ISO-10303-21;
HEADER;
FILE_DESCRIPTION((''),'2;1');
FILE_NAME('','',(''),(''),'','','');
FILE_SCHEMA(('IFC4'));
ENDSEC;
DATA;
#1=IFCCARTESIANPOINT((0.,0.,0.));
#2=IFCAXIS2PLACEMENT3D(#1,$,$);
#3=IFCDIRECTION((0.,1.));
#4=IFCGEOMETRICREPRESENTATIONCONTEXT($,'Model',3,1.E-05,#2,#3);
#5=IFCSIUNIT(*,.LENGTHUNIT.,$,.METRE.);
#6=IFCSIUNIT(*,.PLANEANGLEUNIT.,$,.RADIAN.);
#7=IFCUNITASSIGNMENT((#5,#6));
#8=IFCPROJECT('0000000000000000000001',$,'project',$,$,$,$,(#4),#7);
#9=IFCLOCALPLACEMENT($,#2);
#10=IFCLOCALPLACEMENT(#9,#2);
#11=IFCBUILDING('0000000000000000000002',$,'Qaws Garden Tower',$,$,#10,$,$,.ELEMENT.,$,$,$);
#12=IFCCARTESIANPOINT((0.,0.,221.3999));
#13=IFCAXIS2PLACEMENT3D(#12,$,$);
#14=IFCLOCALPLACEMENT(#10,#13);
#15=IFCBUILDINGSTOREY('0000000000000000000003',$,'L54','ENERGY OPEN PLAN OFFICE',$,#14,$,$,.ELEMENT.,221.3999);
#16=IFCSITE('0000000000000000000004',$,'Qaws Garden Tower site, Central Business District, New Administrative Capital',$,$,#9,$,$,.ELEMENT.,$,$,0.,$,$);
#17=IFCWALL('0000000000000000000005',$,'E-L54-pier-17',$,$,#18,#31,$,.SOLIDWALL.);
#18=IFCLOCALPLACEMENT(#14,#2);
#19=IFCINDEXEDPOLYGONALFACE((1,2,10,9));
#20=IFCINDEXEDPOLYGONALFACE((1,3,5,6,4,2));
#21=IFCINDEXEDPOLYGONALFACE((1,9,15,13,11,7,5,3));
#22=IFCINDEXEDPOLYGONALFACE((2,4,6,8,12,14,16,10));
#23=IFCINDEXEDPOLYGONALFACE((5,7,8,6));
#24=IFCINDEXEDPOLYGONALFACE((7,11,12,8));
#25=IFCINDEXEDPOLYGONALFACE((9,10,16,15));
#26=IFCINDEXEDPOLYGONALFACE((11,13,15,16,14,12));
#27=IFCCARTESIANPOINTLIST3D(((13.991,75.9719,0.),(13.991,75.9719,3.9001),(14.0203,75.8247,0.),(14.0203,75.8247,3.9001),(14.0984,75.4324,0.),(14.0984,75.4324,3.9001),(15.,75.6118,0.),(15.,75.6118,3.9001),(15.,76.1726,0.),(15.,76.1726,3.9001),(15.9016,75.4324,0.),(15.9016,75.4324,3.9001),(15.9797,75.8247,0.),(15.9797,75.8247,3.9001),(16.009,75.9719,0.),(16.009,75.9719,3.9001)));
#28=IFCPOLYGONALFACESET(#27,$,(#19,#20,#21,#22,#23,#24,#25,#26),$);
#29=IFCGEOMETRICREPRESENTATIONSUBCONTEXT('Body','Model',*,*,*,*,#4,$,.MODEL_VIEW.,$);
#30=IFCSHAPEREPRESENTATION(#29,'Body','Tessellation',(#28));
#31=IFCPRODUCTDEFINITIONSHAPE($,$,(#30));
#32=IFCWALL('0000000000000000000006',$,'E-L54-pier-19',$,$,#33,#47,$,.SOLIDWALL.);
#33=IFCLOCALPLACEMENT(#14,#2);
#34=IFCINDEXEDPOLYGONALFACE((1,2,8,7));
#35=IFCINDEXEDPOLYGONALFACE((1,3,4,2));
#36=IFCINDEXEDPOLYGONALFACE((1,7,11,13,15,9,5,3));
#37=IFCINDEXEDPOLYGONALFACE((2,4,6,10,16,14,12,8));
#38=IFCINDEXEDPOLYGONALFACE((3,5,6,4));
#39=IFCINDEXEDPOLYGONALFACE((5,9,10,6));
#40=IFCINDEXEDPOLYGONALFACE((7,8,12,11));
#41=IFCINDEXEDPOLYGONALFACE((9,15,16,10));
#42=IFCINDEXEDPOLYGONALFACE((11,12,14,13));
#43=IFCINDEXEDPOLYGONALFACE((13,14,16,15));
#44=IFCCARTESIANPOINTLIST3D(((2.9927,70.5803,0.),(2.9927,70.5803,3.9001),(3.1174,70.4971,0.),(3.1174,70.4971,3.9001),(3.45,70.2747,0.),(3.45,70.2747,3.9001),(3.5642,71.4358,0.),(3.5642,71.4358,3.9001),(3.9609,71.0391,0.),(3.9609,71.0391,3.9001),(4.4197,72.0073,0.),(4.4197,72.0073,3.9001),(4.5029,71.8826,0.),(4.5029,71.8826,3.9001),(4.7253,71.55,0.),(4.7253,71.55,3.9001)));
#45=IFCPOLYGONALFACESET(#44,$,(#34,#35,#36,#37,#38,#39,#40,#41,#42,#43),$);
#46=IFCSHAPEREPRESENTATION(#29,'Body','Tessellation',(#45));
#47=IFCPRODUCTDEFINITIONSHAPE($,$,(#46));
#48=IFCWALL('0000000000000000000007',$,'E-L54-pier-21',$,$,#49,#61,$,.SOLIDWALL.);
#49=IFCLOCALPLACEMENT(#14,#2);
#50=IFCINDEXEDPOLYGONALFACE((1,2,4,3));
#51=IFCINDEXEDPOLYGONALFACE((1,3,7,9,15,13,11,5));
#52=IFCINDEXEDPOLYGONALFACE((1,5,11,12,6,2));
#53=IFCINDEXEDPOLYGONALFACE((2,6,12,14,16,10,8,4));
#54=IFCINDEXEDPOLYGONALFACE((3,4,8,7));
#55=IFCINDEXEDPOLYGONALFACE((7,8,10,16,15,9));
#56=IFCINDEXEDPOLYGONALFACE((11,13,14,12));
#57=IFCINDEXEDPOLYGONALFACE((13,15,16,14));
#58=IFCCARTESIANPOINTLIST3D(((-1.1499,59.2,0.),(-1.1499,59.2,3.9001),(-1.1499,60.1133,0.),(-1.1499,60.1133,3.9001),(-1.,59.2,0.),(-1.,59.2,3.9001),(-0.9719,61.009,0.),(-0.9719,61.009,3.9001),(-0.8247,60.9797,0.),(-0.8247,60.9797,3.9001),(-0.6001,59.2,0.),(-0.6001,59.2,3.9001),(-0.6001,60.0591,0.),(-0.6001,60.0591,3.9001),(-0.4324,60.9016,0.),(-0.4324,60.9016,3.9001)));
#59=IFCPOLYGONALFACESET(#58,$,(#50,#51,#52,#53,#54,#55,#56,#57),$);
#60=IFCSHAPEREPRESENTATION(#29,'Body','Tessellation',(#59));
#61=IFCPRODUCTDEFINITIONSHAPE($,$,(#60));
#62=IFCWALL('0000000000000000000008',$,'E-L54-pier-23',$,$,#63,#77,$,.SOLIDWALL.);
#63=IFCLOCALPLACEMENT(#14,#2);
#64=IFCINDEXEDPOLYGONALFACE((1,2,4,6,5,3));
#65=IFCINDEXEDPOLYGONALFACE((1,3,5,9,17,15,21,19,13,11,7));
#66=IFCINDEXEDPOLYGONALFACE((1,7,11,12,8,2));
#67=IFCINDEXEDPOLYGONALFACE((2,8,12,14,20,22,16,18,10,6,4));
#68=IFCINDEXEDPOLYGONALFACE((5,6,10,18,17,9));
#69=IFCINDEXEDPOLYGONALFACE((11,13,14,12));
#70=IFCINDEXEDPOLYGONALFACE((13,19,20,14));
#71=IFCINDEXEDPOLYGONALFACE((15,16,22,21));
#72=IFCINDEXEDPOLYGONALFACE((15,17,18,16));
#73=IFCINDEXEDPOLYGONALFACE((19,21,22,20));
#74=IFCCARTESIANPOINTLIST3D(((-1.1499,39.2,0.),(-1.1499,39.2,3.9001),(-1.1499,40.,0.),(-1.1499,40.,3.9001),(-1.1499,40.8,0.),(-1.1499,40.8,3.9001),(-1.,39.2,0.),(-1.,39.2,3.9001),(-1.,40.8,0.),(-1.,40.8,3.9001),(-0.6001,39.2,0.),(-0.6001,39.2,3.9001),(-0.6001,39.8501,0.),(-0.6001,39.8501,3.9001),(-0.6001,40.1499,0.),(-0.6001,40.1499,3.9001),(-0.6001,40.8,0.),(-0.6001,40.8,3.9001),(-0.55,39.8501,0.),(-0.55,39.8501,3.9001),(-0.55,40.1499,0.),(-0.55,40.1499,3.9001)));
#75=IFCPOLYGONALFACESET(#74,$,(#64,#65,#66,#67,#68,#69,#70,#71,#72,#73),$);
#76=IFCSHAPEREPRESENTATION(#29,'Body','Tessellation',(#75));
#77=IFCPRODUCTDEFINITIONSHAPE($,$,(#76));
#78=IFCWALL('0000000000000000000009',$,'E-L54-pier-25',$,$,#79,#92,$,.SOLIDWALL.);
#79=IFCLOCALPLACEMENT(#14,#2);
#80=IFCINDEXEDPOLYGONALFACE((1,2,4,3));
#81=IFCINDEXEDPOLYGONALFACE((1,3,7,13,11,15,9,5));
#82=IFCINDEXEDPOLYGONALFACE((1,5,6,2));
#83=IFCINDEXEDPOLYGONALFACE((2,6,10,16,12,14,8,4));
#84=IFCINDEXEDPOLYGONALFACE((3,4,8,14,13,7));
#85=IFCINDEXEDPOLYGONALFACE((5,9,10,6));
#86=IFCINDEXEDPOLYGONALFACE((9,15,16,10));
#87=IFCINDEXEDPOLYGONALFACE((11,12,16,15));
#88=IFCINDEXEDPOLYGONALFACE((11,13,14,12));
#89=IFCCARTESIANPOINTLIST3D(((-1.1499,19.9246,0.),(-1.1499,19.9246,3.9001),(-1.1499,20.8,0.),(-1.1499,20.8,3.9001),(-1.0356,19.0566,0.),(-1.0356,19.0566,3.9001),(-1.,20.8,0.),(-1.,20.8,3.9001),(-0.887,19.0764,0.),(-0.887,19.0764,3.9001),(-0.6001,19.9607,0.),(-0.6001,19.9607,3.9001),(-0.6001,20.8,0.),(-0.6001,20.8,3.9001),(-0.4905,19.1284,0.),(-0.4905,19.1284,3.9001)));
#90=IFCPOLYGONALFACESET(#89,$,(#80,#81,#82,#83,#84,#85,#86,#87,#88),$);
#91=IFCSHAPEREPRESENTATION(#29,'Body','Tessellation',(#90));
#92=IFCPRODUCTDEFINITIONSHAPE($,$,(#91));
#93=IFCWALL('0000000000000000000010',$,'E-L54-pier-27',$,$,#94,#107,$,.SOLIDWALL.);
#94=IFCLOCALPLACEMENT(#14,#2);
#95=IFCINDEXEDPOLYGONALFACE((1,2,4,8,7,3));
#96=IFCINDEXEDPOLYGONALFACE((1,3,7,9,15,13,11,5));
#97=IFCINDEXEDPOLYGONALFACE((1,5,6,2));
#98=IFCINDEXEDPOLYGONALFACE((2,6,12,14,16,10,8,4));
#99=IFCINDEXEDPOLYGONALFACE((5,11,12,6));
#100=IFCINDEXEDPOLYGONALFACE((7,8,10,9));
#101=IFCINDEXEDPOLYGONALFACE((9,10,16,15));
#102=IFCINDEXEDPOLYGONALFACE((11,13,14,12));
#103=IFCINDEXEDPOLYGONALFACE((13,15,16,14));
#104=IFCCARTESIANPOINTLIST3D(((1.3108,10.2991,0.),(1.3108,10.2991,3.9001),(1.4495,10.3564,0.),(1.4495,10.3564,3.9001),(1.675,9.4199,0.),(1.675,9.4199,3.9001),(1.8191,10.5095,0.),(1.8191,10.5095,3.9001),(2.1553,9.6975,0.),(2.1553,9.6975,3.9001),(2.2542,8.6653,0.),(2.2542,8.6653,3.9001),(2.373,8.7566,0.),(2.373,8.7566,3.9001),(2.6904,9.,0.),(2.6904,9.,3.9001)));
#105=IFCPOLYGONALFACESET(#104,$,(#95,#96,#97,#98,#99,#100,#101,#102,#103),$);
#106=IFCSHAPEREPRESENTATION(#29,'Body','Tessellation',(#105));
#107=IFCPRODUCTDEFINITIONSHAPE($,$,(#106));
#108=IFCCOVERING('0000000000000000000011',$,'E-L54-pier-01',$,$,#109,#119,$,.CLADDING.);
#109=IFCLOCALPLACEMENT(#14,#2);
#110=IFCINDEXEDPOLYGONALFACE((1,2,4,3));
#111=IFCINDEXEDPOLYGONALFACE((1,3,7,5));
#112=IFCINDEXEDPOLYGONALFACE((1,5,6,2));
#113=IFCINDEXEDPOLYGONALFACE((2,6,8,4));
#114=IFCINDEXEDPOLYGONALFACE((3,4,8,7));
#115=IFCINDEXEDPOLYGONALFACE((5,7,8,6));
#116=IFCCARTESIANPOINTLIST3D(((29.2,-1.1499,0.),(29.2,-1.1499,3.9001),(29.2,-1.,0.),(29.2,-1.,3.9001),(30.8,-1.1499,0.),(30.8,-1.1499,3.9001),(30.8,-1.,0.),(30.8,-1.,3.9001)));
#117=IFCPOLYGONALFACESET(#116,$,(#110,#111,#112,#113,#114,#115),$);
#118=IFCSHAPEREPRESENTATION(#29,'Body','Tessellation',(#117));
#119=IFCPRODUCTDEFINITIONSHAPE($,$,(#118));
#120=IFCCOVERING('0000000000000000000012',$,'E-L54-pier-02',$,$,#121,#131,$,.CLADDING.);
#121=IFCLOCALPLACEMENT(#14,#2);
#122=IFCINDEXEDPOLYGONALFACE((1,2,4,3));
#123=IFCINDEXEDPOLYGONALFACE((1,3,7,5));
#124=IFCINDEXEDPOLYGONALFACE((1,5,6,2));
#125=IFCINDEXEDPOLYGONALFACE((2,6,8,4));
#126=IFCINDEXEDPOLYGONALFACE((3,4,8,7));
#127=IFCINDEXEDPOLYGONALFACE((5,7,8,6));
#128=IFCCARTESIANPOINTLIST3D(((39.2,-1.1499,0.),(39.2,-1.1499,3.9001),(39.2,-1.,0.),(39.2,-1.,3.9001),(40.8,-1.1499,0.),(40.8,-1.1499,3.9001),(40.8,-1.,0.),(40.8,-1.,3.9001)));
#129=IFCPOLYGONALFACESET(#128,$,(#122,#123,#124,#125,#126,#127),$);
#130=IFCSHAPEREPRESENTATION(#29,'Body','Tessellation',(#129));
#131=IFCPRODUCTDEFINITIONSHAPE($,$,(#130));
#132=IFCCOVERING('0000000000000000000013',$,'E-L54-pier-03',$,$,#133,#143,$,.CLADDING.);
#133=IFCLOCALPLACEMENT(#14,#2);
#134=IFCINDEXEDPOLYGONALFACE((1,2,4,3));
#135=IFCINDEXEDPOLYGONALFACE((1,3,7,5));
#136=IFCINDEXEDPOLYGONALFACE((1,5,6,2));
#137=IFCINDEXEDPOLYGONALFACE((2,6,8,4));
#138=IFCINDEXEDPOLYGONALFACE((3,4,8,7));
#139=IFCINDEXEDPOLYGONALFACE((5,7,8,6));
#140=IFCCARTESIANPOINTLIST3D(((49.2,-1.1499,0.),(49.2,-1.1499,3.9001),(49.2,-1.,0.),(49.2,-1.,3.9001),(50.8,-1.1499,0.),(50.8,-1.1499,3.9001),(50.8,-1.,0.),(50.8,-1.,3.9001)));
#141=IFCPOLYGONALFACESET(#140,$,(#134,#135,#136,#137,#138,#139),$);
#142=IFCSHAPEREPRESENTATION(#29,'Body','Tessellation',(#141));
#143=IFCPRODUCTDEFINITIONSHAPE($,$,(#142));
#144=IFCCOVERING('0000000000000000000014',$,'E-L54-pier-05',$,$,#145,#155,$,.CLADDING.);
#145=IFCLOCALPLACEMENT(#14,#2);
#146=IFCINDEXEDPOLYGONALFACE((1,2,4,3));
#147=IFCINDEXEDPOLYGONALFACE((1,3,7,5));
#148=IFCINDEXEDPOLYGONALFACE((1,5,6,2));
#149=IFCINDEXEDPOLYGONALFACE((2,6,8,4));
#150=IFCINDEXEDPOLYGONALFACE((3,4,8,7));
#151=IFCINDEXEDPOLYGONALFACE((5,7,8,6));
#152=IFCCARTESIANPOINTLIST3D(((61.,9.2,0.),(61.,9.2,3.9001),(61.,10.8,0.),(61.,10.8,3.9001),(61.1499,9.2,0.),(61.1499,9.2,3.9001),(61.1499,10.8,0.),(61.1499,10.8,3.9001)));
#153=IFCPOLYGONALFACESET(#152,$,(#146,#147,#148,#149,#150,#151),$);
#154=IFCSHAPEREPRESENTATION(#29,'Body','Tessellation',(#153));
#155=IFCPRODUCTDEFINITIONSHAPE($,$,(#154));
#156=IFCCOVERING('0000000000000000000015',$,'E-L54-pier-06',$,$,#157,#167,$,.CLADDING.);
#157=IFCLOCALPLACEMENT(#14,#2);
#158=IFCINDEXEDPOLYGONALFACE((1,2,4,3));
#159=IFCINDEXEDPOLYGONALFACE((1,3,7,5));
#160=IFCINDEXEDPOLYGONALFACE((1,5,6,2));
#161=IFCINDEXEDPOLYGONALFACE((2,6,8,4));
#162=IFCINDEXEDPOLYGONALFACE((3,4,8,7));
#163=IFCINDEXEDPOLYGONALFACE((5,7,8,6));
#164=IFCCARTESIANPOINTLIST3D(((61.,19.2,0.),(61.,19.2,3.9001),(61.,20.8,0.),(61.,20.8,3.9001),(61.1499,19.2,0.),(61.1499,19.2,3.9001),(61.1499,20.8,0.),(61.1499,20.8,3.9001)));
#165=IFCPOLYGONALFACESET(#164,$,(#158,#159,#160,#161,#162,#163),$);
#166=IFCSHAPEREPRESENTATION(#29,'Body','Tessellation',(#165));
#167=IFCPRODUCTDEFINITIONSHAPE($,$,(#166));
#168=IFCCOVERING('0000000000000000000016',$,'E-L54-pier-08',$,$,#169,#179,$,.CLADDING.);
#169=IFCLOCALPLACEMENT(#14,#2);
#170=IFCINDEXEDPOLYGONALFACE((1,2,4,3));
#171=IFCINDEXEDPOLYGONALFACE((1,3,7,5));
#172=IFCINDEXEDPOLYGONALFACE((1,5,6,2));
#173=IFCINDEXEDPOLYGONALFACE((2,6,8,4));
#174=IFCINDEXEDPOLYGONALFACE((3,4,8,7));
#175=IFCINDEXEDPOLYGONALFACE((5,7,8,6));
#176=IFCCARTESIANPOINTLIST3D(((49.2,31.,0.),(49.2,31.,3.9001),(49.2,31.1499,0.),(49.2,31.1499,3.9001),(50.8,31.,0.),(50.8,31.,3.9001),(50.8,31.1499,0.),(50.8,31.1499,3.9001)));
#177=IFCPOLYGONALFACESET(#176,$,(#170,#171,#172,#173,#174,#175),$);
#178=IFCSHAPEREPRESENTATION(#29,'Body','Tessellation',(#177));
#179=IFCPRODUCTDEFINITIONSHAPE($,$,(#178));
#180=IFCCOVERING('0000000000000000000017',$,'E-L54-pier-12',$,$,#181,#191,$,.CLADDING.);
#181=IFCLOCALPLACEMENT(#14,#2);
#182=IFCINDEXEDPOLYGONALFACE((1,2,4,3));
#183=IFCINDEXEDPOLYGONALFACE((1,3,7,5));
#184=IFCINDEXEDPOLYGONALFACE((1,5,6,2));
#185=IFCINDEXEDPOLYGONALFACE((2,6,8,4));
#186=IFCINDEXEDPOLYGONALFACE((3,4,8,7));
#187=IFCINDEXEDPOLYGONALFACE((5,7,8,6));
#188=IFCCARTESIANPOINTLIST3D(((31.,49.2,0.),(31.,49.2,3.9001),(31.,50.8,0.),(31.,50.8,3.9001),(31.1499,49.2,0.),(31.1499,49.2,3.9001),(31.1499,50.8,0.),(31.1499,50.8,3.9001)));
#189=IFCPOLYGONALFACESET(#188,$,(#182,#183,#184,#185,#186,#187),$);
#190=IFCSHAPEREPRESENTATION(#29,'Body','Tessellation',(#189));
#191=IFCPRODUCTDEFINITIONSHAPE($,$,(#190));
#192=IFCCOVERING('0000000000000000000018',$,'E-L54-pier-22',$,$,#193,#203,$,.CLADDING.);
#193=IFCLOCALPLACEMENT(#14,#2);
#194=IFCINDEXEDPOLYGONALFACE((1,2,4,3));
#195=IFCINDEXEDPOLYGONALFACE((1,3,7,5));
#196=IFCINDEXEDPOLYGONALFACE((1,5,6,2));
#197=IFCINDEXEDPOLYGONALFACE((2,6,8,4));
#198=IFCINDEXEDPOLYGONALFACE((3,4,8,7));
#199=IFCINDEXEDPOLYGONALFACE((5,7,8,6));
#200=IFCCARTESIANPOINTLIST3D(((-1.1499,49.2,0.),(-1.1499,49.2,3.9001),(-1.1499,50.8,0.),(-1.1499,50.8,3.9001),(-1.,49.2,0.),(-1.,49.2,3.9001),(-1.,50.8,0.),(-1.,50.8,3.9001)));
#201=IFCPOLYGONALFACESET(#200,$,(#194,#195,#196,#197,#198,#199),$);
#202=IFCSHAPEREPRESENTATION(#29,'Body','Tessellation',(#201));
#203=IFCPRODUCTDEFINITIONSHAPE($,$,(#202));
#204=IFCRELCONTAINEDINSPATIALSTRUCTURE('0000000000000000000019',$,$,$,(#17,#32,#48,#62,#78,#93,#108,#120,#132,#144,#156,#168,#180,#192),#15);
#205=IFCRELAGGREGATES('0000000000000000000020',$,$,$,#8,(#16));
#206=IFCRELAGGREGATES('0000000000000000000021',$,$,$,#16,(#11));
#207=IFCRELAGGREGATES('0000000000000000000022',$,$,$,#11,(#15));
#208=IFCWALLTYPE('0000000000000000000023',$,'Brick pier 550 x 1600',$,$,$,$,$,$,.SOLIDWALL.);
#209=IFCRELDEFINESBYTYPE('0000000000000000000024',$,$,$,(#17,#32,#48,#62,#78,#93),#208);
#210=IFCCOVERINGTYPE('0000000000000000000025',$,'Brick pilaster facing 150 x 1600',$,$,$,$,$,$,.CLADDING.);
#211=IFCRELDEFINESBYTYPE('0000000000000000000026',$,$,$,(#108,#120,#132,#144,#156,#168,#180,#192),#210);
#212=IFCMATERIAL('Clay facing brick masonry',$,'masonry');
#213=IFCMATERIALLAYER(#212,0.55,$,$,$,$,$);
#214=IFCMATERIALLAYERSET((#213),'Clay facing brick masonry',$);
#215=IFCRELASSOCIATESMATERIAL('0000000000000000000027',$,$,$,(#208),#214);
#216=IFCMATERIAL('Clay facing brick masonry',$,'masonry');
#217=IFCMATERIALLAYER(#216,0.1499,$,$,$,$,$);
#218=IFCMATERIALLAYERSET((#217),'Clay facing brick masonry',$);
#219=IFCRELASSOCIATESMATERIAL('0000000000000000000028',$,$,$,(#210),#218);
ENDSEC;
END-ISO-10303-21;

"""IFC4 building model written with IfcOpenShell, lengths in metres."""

from ifc_helpers import new_model, si_unit, direction, frame, origin, place, context, subcontext, project, spatial, polyline, outline, extrude, material, layer, layer_set, type_object, element, save


model = new_model("IFC4")

# Units and contexts
model_context = context("Model", 3, precision=1e-05, world=origin(), true_north=direction((0.0, 1.0)))
body_context = subcontext(model_context, "Body", "Model", "MODEL_VIEW")
ifc_project = project(units=[si_unit("LENGTHUNIT", "METRE"), si_unit("PLANEANGLEUNIT", "RADIAN")], contexts=[model_context])

# Site, building, storey
site_placement = place(None, origin())
site = spatial("IfcSite", under=ifc_project, at=site_placement, Name="Qaws Garden Tower site, Central Business District, New Administrative Capital", CompositionType="ELEMENT", RefElevation=0.0)
building_placement = place(site_placement, origin())
building = spatial("IfcBuilding", under=site, at=building_placement, Name="Qaws Garden Tower", CompositionType="ELEMENT")
storey_placement = place(building_placement, frame((0.0, 0.0, 221.3999)))
storey = spatial("IfcBuildingStorey", under=building, at=storey_placement, Name="L54", Description="ENERGY OPEN PLAN OFFICE", CompositionType="ELEMENT", Elevation=221.3999)

# Walls
placement = place(storey_placement, origin())
ifc_material_1 = material(Name="Clay facing brick masonry", Category="masonry")
ifc_layer_1 = layer(ifc_material_1, 0.55)
ifc_layer_set_1 = layer_set([ifc_layer_1], Name="Clay facing brick masonry")
wall_type_1 = type_object("IfcWallType", Name="Brick pier 550 x 1600", PredefinedType="SOLIDWALL", material=ifc_layer_set_1)
element("IfcWall", 1, at=placement, inside=storey, type_object=wall_type_1, Name="E-L54-pier-17", PredefinedType="SOLIDWALL", context=body_context, shape_type="SweptSolid", body=[
    extrude(outline(polyline([(15.9797, 75.8247), (16.009, 75.9719), (15.0, 76.1726), (13.991, 75.9719), (14.0203, 75.8247), (14.0984, 75.4324), (15.0, 75.6118), (15.9016, 75.4324), (15.9797, 75.8247)])), origin(), (0.0, 0.0, 1.0), 3.9001),
])
element("IfcWall", 2, at=placement, inside=storey, type_object=wall_type_1, Name="E-L54-pier-19", PredefinedType="SOLIDWALL", context=body_context, shape_type="SweptSolid", body=[
    extrude(outline(polyline([(4.5029, 71.8826), (4.4197, 72.0073), (3.5642, 71.4358), (2.9927, 70.5803), (3.1174, 70.4971), (3.45, 70.2747), (3.9609, 71.0391), (4.7253, 71.55), (4.5029, 71.8826)])), origin(), (0.0, 0.0, 1.0), 3.9001),
])
element("IfcWall", 3, at=placement, inside=storey, type_object=wall_type_1, Name="E-L54-pier-21", PredefinedType="SOLIDWALL", context=body_context, shape_type="SweptSolid", body=[
    extrude(outline(polyline([(-0.8247, 60.9797), (-0.9719, 61.009), (-1.1499, 60.1133), (-1.1499, 59.2), (-1.0, 59.2), (-0.6001, 59.2), (-0.6001, 60.0591), (-0.4324, 60.9016), (-0.8247, 60.9797)])), origin(), (0.0, 0.0, 1.0), 3.9001),
])
element("IfcWall", 4, at=placement, inside=storey, type_object=wall_type_1, Name="E-L54-pier-23", PredefinedType="SOLIDWALL", context=body_context, shape_type="SweptSolid", body=[
    extrude(outline(polyline([(-0.6001, 39.2), (-0.6001, 39.8501), (-0.55, 39.8501), (-0.55, 40.1499), (-0.6001, 40.1499), (-0.6001, 40.8), (-1.0, 40.8), (-1.1499, 40.8), (-1.1499, 40.0), (-1.1499, 39.2), (-1.0, 39.2), (-0.6001, 39.2)])), origin(), (0.0, 0.0, 1.0), 3.9001),
])
element("IfcWall", 5, at=placement, inside=storey, type_object=wall_type_1, Name="E-L54-pier-25", PredefinedType="SOLIDWALL", context=body_context, shape_type="SweptSolid", body=[
    extrude(outline(polyline([(-1.0, 20.8), (-1.1499, 20.8), (-1.1499, 19.9246), (-1.0356, 19.0566), (-0.887, 19.0764), (-0.4905, 19.1284), (-0.6001, 19.9607), (-0.6001, 20.8), (-1.0, 20.8)])), origin(), (0.0, 0.0, 1.0), 3.9001),
])
element("IfcWall", 6, at=placement, inside=storey, type_object=wall_type_1, Name="E-L54-pier-27", PredefinedType="SOLIDWALL", context=body_context, shape_type="SweptSolid", body=[
    extrude(outline(polyline([(1.4495, 10.3564), (1.3108, 10.2991), (1.675, 9.4199), (2.2542, 8.6653), (2.373, 8.7566), (2.6904, 9.0), (2.1553, 9.6975), (1.8191, 10.5095), (1.4495, 10.3564)])), origin(), (0.0, 0.0, 1.0), 3.9001),
])

# Coverings
ifc_material_2 = material(Name="Clay facing brick masonry", Category="masonry")
ifc_layer_2 = layer(ifc_material_2, 0.1499)
ifc_layer_set_2 = layer_set([ifc_layer_2], Name="Clay facing brick masonry")
covering_type = type_object("IfcCoveringType", Name="Brick pilaster facing 150 x 1600", PredefinedType="CLADDING", material=ifc_layer_set_2)
element("IfcCovering", 7, at=placement, inside=storey, type_object=covering_type, Name="E-L54-pier-01", PredefinedType="CLADDING", context=body_context, shape_type="SweptSolid", body=[
    extrude(outline(polyline([(29.2, -1.0), (30.8, -1.0), (30.8, -1.1499), (29.2, -1.1499), (29.2, -1.0)])), origin(), (0.0, 0.0, 1.0), 3.9001),
])
element("IfcCovering", 8, at=placement, inside=storey, type_object=covering_type, Name="E-L54-pier-02", PredefinedType="CLADDING", context=body_context, shape_type="SweptSolid", body=[
    extrude(outline(polyline([(39.2, -1.0), (40.8, -1.0), (40.8, -1.1499), (39.2, -1.1499), (39.2, -1.0)])), origin(), (0.0, 0.0, 1.0), 3.9001),
])
element("IfcCovering", 9, at=placement, inside=storey, type_object=covering_type, Name="E-L54-pier-03", PredefinedType="CLADDING", context=body_context, shape_type="SweptSolid", body=[
    extrude(outline(polyline([(49.2, -1.0), (50.8, -1.0), (50.8, -1.1499), (49.2, -1.1499), (49.2, -1.0)])), origin(), (0.0, 0.0, 1.0), 3.9001),
])
element("IfcCovering", 10, at=placement, inside=storey, type_object=covering_type, Name="E-L54-pier-05", PredefinedType="CLADDING", context=body_context, shape_type="SweptSolid", body=[
    extrude(outline(polyline([(61.0, 9.2), (61.0, 10.8), (61.1499, 10.8), (61.1499, 9.2), (61.0, 9.2)])), origin(), (0.0, 0.0, 1.0), 3.9001),
])
element("IfcCovering", 11, at=placement, inside=storey, type_object=covering_type, Name="E-L54-pier-06", PredefinedType="CLADDING", context=body_context, shape_type="SweptSolid", body=[
    extrude(outline(polyline([(61.0, 19.2), (61.0, 20.8), (61.1499, 20.8), (61.1499, 19.2), (61.0, 19.2)])), origin(), (0.0, 0.0, 1.0), 3.9001),
])
element("IfcCovering", 12, at=placement, inside=storey, type_object=covering_type, Name="E-L54-pier-08", PredefinedType="CLADDING", context=body_context, shape_type="SweptSolid", body=[
    extrude(outline(polyline([(50.8, 31.0), (49.2, 31.0), (49.2, 31.1499), (50.8, 31.1499), (50.8, 31.0)])), origin(), (0.0, 0.0, 1.0), 3.9001),
])
element("IfcCovering", 13, at=placement, inside=storey, type_object=covering_type, Name="E-L54-pier-12", PredefinedType="CLADDING", context=body_context, shape_type="SweptSolid", body=[
    extrude(outline(polyline([(31.0, 49.2), (31.0, 50.8), (31.1499, 50.8), (31.1499, 49.2), (31.0, 49.2)])), origin(), (0.0, 0.0, 1.0), 3.9001),
])
element("IfcCovering", 14, at=placement, inside=storey, type_object=covering_type, Name="E-L54-pier-22", PredefinedType="CLADDING", context=body_context, shape_type="SweptSolid", body=[
    extrude(outline(polyline([(-1.0, 50.8), (-1.0, 49.2), (-1.1499, 49.2), (-1.1499, 50.8), (-1.0, 50.8)])), origin(), (0.0, 0.0, 1.0), 3.9001),
])

save(model, "model.ifc")
